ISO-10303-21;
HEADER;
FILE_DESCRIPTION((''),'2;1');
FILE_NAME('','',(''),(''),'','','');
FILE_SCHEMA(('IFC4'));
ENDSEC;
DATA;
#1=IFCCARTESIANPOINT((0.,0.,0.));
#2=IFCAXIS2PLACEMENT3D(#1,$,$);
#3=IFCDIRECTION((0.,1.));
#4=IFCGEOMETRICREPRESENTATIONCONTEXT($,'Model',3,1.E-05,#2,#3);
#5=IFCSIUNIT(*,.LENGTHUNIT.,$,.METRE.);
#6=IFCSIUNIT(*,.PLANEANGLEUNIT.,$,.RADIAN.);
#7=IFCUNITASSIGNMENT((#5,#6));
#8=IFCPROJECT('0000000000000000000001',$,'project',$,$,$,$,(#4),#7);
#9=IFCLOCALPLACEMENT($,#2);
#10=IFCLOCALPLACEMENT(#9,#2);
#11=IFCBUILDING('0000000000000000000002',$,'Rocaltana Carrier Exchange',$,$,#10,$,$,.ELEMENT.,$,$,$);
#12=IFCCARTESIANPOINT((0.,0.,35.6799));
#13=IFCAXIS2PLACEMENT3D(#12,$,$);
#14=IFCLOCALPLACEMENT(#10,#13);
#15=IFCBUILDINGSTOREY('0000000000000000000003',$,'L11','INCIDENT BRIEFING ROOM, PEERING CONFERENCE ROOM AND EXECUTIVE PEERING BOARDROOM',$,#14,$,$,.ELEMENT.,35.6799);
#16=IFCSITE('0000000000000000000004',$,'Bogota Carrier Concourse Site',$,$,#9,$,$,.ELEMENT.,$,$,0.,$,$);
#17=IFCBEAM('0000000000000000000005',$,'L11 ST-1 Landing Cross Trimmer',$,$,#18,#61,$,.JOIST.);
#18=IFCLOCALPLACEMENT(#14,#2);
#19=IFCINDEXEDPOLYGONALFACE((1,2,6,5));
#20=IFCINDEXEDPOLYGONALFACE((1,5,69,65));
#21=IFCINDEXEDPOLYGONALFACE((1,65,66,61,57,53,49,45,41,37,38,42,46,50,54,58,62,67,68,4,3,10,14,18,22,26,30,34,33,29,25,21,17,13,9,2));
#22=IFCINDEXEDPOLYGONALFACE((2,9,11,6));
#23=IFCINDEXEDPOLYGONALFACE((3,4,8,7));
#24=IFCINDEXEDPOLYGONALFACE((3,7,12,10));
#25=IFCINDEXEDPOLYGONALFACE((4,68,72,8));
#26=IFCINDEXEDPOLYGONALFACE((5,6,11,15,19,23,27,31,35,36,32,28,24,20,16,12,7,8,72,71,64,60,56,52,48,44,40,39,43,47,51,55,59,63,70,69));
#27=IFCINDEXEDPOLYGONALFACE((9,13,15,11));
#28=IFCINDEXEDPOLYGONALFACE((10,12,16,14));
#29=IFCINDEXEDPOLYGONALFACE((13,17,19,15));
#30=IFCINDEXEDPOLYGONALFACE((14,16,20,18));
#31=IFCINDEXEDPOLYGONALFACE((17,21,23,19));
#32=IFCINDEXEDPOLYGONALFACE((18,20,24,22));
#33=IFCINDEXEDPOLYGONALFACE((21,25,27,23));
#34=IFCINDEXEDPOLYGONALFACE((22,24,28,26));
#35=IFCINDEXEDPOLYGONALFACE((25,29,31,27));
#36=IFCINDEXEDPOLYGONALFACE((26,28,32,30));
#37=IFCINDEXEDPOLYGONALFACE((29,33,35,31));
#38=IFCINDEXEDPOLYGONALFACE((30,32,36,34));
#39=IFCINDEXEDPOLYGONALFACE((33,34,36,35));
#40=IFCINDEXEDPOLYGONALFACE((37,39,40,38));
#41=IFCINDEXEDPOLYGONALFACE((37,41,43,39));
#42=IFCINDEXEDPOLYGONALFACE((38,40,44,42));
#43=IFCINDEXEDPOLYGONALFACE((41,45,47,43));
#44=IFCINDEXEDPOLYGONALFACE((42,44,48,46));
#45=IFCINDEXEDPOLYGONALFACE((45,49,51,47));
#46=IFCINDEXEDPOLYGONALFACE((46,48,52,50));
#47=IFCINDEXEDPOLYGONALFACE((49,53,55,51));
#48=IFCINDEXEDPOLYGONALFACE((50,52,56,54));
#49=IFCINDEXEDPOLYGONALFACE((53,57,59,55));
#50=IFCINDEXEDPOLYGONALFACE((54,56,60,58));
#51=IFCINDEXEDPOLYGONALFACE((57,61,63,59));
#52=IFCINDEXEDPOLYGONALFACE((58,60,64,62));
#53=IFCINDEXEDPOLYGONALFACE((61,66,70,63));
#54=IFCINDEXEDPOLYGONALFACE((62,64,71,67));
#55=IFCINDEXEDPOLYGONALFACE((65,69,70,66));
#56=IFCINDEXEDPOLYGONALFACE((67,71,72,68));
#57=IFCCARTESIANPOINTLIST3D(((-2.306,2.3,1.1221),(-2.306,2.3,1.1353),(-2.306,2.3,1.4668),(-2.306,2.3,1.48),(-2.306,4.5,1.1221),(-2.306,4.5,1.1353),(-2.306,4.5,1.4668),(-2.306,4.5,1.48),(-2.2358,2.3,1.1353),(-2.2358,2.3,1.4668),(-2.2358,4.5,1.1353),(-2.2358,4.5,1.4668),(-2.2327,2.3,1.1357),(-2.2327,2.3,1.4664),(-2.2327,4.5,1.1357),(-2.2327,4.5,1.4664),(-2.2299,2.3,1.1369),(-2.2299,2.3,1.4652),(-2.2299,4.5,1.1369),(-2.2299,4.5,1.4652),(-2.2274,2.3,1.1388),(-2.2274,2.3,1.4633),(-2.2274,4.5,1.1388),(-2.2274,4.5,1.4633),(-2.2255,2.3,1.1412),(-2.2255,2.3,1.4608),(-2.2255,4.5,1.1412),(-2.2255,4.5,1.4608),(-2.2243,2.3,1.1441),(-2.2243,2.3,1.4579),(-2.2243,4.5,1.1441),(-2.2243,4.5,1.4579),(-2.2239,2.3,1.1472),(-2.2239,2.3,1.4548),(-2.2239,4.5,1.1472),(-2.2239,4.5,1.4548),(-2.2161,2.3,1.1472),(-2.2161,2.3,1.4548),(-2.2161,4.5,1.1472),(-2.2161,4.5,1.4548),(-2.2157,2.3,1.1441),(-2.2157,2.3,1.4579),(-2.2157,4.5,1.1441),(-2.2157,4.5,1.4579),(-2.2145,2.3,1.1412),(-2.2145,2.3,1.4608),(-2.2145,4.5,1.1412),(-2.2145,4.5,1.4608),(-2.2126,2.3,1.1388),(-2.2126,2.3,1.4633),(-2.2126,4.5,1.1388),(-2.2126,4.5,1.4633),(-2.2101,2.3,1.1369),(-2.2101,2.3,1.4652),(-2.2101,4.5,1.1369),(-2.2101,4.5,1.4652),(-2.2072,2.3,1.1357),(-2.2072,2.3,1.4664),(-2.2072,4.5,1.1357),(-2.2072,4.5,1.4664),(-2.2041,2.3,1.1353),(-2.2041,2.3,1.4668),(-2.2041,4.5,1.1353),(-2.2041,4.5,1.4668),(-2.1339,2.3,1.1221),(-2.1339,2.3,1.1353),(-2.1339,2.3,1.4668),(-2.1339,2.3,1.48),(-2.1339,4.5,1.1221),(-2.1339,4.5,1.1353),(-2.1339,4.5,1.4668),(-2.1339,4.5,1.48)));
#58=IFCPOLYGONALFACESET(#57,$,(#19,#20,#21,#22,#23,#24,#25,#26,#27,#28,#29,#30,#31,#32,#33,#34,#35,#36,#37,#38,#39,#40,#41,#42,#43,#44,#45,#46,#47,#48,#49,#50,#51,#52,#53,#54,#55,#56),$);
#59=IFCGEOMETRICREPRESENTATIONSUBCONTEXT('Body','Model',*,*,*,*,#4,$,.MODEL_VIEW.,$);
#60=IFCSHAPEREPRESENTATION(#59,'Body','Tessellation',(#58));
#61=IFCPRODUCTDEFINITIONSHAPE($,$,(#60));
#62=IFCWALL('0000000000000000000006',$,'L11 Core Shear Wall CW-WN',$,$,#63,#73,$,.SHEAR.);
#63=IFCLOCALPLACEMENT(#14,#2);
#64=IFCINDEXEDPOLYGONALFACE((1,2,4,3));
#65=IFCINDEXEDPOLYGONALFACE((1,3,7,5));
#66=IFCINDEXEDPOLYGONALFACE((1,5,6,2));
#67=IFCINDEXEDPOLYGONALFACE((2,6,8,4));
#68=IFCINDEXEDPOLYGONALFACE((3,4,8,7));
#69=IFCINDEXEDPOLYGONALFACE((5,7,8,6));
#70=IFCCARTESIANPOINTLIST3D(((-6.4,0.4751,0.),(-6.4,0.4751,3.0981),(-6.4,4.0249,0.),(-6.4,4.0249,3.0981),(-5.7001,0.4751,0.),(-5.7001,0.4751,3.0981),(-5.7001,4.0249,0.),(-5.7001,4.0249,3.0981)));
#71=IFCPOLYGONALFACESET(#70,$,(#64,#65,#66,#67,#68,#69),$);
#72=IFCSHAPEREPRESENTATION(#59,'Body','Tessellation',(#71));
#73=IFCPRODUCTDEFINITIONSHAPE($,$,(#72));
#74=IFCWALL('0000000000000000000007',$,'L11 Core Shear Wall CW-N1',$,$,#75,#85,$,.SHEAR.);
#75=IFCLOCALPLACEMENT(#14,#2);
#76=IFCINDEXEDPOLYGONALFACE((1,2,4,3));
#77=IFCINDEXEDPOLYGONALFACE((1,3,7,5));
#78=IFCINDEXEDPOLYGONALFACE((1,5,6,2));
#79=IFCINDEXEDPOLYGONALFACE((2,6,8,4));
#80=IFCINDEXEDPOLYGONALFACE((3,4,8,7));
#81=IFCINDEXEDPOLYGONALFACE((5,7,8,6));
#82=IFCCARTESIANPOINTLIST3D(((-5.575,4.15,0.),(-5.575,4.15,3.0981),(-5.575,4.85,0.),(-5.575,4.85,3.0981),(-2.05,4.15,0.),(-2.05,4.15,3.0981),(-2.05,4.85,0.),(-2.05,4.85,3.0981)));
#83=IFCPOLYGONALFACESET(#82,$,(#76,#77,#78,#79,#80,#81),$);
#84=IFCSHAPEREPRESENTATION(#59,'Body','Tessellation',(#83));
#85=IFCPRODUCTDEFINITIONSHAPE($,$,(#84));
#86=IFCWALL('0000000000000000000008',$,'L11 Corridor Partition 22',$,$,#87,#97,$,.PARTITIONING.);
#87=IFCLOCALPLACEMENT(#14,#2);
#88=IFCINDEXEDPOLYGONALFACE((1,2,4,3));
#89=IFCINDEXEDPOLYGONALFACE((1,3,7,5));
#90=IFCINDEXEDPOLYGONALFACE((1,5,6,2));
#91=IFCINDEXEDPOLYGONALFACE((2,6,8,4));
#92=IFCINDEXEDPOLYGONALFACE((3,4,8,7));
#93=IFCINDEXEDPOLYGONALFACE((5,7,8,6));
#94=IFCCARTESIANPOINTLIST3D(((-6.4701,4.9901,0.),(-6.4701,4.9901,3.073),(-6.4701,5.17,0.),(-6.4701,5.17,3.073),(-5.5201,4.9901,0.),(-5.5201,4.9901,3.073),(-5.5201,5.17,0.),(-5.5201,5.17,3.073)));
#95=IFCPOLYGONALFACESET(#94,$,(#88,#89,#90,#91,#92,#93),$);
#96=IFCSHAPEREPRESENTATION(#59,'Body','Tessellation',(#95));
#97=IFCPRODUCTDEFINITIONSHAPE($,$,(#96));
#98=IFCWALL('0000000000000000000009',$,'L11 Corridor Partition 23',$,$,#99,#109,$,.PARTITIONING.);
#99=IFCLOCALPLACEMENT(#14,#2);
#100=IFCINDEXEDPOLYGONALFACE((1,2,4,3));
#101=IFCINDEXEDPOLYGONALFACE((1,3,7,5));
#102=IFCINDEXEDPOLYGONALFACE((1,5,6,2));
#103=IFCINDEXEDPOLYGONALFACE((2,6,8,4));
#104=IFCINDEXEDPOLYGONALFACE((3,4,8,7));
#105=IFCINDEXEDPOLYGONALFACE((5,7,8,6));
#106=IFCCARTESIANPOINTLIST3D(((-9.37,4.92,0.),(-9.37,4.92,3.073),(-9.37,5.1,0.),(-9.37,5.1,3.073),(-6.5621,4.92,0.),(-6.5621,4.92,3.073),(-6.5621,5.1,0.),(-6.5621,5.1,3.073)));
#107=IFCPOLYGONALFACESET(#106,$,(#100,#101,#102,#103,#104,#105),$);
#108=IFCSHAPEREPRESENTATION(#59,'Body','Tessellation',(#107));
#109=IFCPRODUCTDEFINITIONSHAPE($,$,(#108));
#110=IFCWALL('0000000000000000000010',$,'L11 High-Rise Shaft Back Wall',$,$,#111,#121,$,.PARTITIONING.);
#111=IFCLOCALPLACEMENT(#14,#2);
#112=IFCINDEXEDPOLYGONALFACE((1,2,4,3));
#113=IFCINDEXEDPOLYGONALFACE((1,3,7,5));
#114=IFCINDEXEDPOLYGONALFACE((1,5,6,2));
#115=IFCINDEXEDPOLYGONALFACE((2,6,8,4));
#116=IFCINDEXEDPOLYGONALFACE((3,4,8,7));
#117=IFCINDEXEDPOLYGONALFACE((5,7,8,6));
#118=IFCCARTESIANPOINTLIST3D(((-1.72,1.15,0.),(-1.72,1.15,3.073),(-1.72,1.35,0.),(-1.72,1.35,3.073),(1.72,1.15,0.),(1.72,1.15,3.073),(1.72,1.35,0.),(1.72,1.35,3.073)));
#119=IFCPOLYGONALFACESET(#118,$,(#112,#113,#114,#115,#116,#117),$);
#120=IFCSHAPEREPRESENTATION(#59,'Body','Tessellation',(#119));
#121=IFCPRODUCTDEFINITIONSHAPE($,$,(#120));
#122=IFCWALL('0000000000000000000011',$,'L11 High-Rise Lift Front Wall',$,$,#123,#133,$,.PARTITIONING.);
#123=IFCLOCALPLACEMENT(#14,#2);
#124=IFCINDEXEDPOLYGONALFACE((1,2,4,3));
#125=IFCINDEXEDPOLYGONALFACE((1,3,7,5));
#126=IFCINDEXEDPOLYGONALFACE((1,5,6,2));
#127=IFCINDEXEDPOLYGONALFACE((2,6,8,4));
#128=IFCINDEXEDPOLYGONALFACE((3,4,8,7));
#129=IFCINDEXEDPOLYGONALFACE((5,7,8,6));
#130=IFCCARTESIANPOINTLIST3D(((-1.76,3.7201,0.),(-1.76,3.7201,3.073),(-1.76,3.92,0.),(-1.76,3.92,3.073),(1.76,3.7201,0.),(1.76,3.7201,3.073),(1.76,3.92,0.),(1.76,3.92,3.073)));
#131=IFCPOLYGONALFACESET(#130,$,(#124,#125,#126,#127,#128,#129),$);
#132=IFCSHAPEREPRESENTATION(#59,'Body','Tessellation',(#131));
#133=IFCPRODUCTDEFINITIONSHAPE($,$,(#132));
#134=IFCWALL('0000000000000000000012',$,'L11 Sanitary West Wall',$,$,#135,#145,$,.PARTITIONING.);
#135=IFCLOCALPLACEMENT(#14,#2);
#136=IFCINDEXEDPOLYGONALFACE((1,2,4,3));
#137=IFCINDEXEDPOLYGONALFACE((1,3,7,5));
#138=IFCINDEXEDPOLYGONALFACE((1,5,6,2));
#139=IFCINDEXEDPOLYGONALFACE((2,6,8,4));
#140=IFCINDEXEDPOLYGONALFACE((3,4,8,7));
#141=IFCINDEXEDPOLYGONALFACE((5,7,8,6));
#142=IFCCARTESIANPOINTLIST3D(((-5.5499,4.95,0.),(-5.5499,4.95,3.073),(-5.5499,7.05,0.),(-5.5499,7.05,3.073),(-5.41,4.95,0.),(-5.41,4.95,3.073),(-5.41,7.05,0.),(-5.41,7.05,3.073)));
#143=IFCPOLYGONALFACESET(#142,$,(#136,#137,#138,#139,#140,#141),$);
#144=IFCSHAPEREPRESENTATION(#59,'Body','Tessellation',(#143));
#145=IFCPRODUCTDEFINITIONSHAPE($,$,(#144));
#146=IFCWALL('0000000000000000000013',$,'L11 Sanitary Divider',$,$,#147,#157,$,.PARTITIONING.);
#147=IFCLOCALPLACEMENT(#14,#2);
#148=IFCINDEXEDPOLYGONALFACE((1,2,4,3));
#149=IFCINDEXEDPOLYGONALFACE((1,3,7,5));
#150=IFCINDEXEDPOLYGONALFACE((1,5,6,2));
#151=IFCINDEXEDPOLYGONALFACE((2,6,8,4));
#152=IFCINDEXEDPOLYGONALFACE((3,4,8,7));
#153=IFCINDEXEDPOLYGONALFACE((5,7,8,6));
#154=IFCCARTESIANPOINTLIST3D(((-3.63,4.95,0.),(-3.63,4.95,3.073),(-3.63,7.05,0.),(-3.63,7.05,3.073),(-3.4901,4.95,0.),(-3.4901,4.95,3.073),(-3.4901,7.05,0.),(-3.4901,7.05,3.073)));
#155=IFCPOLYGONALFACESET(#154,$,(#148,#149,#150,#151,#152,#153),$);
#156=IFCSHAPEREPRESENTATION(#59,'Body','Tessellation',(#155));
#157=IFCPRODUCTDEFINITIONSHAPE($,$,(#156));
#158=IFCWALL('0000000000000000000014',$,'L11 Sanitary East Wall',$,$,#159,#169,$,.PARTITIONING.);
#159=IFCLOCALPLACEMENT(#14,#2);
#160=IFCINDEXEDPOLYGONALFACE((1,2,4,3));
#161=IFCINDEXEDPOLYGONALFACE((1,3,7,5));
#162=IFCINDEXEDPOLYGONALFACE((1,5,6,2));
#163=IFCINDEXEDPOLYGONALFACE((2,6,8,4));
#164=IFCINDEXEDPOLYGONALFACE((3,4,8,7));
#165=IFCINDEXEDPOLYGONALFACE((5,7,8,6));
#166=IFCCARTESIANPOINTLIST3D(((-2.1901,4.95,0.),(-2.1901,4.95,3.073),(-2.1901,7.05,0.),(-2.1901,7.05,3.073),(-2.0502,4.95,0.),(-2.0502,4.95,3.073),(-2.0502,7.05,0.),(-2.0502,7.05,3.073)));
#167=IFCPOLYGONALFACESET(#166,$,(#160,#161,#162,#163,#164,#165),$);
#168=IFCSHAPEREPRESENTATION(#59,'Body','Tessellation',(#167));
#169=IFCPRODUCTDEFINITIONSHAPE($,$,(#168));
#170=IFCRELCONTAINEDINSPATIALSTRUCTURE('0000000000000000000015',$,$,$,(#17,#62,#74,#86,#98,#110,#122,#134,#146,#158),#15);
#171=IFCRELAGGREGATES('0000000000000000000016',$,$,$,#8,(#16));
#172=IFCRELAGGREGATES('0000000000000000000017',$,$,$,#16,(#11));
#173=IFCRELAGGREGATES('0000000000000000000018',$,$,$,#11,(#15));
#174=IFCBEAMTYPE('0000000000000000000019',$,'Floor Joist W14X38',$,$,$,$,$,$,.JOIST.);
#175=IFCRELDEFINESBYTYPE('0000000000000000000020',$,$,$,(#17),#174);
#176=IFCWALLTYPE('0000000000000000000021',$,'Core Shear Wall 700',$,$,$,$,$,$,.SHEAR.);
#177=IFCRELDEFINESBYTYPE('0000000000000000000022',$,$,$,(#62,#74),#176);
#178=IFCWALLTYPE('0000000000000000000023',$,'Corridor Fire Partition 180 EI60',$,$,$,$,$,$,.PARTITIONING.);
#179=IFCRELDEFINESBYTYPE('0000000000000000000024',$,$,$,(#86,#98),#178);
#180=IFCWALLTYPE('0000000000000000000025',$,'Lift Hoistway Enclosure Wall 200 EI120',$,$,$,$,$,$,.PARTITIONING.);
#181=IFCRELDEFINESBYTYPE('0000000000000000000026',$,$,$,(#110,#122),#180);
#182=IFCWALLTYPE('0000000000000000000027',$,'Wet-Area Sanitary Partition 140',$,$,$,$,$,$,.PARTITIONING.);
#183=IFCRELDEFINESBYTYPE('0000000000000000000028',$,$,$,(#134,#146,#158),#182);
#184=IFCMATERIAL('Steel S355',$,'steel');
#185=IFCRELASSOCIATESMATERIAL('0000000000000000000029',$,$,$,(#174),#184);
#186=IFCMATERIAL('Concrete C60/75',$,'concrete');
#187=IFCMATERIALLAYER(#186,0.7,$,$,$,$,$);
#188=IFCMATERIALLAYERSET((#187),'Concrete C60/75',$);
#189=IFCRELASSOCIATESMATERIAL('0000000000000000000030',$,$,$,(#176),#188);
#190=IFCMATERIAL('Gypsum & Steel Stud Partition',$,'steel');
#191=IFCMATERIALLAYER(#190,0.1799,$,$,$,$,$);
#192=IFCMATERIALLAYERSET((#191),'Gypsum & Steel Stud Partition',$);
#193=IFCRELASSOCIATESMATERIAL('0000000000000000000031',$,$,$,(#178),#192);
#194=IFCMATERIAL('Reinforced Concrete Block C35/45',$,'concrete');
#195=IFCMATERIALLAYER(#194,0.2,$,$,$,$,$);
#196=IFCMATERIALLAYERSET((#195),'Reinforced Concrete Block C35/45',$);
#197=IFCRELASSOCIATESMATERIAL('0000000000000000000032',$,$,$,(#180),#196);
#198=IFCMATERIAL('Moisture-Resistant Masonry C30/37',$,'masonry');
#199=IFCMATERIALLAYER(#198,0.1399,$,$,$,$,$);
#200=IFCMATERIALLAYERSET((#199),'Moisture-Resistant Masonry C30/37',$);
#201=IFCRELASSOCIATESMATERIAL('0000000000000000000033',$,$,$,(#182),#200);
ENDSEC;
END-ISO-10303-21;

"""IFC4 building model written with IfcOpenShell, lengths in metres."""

from ifc_helpers import new_model, si_unit, direction, frame, frame_2d, origin, origin_2d, place, context, subcontext, project, spatial, rectangle, i_section, extrude, material, layer, layer_set, material_profile, profile_set, type_object, element, save


model = new_model("IFC4")

# Units and contexts
model_context = context("Model", 3, precision=1e-05, world=origin(), true_north=direction((0.0, 1.0)))
body_context = subcontext(model_context, "Body", "Model", "MODEL_VIEW")
ifc_project = project(units=[si_unit("LENGTHUNIT", "METRE"), si_unit("PLANEANGLEUNIT", "RADIAN")], contexts=[model_context])

# Site, building, storey
site_placement = place(None, origin())
site = spatial("IfcSite", under=ifc_project, at=site_placement, Name="Bogota Carrier Concourse Site", CompositionType="ELEMENT", RefElevation=0.0)
building_placement = place(site_placement, origin())
building = spatial("IfcBuilding", under=site, at=building_placement, Name="Rocaltana Carrier Exchange", CompositionType="ELEMENT")
storey_placement = place(building_placement, frame((0.0, 0.0, 35.6799)))
storey = spatial("IfcBuildingStorey", under=building, at=storey_placement, Name="L11", Description="INCIDENT BRIEFING ROOM, PEERING CONFERENCE ROOM AND EXECUTIVE PEERING BOARDROOM", CompositionType="ELEMENT", Elevation=35.6799)

# Beam
ifc_material_1 = material(Name="Steel S355", Category="steel")
ifc_material_profile_1 = material_profile(ifc_material_1, i_section(OverallWidth=0.1721, OverallDepth=0.3579, WebThickness=0.0078, FlangeThickness=0.0132, FilletRadius=0.012, at=origin_2d()), Name="W14X38")
ifc_profile_set_1 = profile_set([ifc_material_profile_1], Name="Steel S355")
beam_type_1 = type_object("IfcBeamType", Name="Floor Joist W14X38", PredefinedType="JOIST", material=ifc_profile_set_1)
beam_1_placement = place(storey_placement, frame((-2.22, 2.3, 1.301), z_axis=(0.0, 1.0, 0.0), x_axis=(-1.0, 0.0, 0.0)))
element("IfcBeam", 1, at=beam_1_placement, inside=storey, type_object=beam_type_1, Name="L11 ST-1 Landing Cross Trimmer", PredefinedType="JOIST", context=body_context, shape_type="SweptSolid", body=[
    extrude(i_section(OverallWidth=0.1721, OverallDepth=0.3579, WebThickness=0.0078, FlangeThickness=0.0132, FilletRadius=0.012, at=origin_2d()), origin(), (0.0, 0.0, 1.0), 2.2),
])

# Walls
ifc_material_2 = material(Name="Concrete C60/75", Category="concrete")
ifc_layer_1 = layer(ifc_material_2, 0.7)
ifc_layer_set_1 = layer_set([ifc_layer_1], Name="Concrete C60/75")
wall_type_1 = type_object("IfcWallType", Name="Core Shear Wall 700", PredefinedType="SHEAR", material=ifc_layer_set_1)
wall_1_placement = place(storey_placement, frame((-6.05, 0.4751, 0.0), z_axis=(0.0, 0.0, 1.0), x_axis=(0.0, 1.0, 0.0)))
element("IfcWall", 2, at=wall_1_placement, inside=storey, type_object=wall_type_1, Name="L11 Core Shear Wall CW-WN", PredefinedType="SHEAR", context=body_context, shape_type="SweptSolid", body=[
    extrude(rectangle(XDim=3.5498, YDim=0.7, at=frame_2d((1.7749, 0.0))), origin(), (0.0, 0.0, 1.0), 3.0981),
])
wall_2_placement = place(storey_placement, frame((-5.575, 4.5, 0.0), z_axis=(0.0, 0.0, 1.0), x_axis=(1.0, 0.0, 0.0)))
element("IfcWall", 3, at=wall_2_placement, inside=storey, type_object=wall_type_1, Name="L11 Core Shear Wall CW-N1", PredefinedType="SHEAR", context=body_context, shape_type="SweptSolid", body=[
    extrude(rectangle(XDim=3.5249, YDim=0.7, at=frame_2d((1.7625, 0.0))), origin(), (0.0, 0.0, 1.0), 3.0981),
])
ifc_material_3 = material(Name="Gypsum & Steel Stud Partition", Category="steel")
ifc_layer_2 = layer(ifc_material_3, 0.1799)
ifc_layer_set_2 = layer_set([ifc_layer_2], Name="Gypsum & Steel Stud Partition")
wall_type_2 = type_object("IfcWallType", Name="Corridor Fire Partition 180 EI60", PredefinedType="PARTITIONING", material=ifc_layer_set_2)
wall_3_placement = place(storey_placement, frame((-5.52, 5.0801, 0.0), z_axis=(0.0, 0.0, 1.0), x_axis=(-1.0, 0.0, 0.0)))
element("IfcWall", 4, at=wall_3_placement, inside=storey, type_object=wall_type_2, Name="L11 Corridor Partition 22", PredefinedType="PARTITIONING", context=body_context, shape_type="SweptSolid", body=[
    extrude(rectangle(XDim=0.95, YDim=0.1799, at=frame_2d((0.4751, 0.0))), origin(), (0.0, 0.0, 1.0), 3.073),
])
wall_4_placement = place(storey_placement, frame((-6.5623, 5.01, 0.0), z_axis=(0.0, 0.0, 1.0), x_axis=(-1.0, 0.0, 0.0)))
element("IfcWall", 5, at=wall_4_placement, inside=storey, type_object=wall_type_2, Name="L11 Corridor Partition 23", PredefinedType="PARTITIONING", context=body_context, shape_type="SweptSolid", body=[
    extrude(rectangle(XDim=2.8079, YDim=0.1799, at=frame_2d((1.4038, 0.0))), origin(), (0.0, 0.0, 1.0), 3.073),
])
ifc_material_4 = material(Name="Reinforced Concrete Block C35/45", Category="concrete")
ifc_layer_3 = layer(ifc_material_4, 0.2)
ifc_layer_set_3 = layer_set([ifc_layer_3], Name="Reinforced Concrete Block C35/45")
wall_type_3 = type_object("IfcWallType", Name="Lift Hoistway Enclosure Wall 200 EI120", PredefinedType="PARTITIONING", material=ifc_layer_set_3)
wall_5_placement = place(storey_placement, frame((-1.72, 1.25, 0.0), z_axis=(0.0, 0.0, 1.0), x_axis=(1.0, 0.0, 0.0)))
element("IfcWall", 6, at=wall_5_placement, inside=storey, type_object=wall_type_3, Name="L11 High-Rise Shaft Back Wall", PredefinedType="PARTITIONING", context=body_context, shape_type="SweptSolid", body=[
    extrude(rectangle(XDim=3.4399, YDim=0.2, at=frame_2d((1.72, 0.0))), origin(), (0.0, 0.0, 1.0), 3.073),
])
wall_6_placement = place(storey_placement, frame((-1.76, 3.8201, 0.0), z_axis=(0.0, 0.0, 1.0), x_axis=(1.0, 0.0, 0.0)))
element("IfcWall", 7, at=wall_6_placement, inside=storey, type_object=wall_type_3, Name="L11 High-Rise Lift Front Wall", PredefinedType="PARTITIONING", context=body_context, shape_type="SweptSolid", body=[
    extrude(rectangle(XDim=3.52, YDim=0.2, at=frame_2d((1.76, 0.0))), origin(), (0.0, 0.0, 1.0), 3.073),
])
ifc_material_5 = material(Name="Moisture-Resistant Masonry C30/37", Category="masonry")
ifc_layer_4 = layer(ifc_material_5, 0.1399)
ifc_layer_set_4 = layer_set([ifc_layer_4], Name="Moisture-Resistant Masonry C30/37")
wall_type_4 = type_object("IfcWallType", Name="Wet-Area Sanitary Partition 140", PredefinedType="PARTITIONING", material=ifc_layer_set_4)
for number, where, z_axis, x_axis, name in (
    (8, (-5.48, 4.95, 0.0), (0.0, 0.0, 1.0), (0.0, 1.0, 0.0), "L11 Sanitary West Wall"),
    (9, (-3.5601, 4.95, 0.0), (0.0, 0.0, 1.0), (0.0, 1.0, 0.0), "L11 Sanitary Divider"),
    (10, (-2.1201, 4.95, 0.0), (0.0, 0.0, 1.0), (0.0, 1.0, 0.0), "L11 Sanitary East Wall"),
):
    element("IfcWall", number, at=place(storey_placement, frame(where, z_axis=z_axis, x_axis=x_axis)), inside=storey, type_object=wall_type_4, Name=name, PredefinedType="PARTITIONING", context=body_context, shape_type="SweptSolid", body=[
        extrude(rectangle(XDim=2.1001, YDim=0.1399, at=frame_2d((1.05, 0.0))), origin(), (0.0, 0.0, 1.0), 3.073),
    ])

save(model, "model.ifc")
